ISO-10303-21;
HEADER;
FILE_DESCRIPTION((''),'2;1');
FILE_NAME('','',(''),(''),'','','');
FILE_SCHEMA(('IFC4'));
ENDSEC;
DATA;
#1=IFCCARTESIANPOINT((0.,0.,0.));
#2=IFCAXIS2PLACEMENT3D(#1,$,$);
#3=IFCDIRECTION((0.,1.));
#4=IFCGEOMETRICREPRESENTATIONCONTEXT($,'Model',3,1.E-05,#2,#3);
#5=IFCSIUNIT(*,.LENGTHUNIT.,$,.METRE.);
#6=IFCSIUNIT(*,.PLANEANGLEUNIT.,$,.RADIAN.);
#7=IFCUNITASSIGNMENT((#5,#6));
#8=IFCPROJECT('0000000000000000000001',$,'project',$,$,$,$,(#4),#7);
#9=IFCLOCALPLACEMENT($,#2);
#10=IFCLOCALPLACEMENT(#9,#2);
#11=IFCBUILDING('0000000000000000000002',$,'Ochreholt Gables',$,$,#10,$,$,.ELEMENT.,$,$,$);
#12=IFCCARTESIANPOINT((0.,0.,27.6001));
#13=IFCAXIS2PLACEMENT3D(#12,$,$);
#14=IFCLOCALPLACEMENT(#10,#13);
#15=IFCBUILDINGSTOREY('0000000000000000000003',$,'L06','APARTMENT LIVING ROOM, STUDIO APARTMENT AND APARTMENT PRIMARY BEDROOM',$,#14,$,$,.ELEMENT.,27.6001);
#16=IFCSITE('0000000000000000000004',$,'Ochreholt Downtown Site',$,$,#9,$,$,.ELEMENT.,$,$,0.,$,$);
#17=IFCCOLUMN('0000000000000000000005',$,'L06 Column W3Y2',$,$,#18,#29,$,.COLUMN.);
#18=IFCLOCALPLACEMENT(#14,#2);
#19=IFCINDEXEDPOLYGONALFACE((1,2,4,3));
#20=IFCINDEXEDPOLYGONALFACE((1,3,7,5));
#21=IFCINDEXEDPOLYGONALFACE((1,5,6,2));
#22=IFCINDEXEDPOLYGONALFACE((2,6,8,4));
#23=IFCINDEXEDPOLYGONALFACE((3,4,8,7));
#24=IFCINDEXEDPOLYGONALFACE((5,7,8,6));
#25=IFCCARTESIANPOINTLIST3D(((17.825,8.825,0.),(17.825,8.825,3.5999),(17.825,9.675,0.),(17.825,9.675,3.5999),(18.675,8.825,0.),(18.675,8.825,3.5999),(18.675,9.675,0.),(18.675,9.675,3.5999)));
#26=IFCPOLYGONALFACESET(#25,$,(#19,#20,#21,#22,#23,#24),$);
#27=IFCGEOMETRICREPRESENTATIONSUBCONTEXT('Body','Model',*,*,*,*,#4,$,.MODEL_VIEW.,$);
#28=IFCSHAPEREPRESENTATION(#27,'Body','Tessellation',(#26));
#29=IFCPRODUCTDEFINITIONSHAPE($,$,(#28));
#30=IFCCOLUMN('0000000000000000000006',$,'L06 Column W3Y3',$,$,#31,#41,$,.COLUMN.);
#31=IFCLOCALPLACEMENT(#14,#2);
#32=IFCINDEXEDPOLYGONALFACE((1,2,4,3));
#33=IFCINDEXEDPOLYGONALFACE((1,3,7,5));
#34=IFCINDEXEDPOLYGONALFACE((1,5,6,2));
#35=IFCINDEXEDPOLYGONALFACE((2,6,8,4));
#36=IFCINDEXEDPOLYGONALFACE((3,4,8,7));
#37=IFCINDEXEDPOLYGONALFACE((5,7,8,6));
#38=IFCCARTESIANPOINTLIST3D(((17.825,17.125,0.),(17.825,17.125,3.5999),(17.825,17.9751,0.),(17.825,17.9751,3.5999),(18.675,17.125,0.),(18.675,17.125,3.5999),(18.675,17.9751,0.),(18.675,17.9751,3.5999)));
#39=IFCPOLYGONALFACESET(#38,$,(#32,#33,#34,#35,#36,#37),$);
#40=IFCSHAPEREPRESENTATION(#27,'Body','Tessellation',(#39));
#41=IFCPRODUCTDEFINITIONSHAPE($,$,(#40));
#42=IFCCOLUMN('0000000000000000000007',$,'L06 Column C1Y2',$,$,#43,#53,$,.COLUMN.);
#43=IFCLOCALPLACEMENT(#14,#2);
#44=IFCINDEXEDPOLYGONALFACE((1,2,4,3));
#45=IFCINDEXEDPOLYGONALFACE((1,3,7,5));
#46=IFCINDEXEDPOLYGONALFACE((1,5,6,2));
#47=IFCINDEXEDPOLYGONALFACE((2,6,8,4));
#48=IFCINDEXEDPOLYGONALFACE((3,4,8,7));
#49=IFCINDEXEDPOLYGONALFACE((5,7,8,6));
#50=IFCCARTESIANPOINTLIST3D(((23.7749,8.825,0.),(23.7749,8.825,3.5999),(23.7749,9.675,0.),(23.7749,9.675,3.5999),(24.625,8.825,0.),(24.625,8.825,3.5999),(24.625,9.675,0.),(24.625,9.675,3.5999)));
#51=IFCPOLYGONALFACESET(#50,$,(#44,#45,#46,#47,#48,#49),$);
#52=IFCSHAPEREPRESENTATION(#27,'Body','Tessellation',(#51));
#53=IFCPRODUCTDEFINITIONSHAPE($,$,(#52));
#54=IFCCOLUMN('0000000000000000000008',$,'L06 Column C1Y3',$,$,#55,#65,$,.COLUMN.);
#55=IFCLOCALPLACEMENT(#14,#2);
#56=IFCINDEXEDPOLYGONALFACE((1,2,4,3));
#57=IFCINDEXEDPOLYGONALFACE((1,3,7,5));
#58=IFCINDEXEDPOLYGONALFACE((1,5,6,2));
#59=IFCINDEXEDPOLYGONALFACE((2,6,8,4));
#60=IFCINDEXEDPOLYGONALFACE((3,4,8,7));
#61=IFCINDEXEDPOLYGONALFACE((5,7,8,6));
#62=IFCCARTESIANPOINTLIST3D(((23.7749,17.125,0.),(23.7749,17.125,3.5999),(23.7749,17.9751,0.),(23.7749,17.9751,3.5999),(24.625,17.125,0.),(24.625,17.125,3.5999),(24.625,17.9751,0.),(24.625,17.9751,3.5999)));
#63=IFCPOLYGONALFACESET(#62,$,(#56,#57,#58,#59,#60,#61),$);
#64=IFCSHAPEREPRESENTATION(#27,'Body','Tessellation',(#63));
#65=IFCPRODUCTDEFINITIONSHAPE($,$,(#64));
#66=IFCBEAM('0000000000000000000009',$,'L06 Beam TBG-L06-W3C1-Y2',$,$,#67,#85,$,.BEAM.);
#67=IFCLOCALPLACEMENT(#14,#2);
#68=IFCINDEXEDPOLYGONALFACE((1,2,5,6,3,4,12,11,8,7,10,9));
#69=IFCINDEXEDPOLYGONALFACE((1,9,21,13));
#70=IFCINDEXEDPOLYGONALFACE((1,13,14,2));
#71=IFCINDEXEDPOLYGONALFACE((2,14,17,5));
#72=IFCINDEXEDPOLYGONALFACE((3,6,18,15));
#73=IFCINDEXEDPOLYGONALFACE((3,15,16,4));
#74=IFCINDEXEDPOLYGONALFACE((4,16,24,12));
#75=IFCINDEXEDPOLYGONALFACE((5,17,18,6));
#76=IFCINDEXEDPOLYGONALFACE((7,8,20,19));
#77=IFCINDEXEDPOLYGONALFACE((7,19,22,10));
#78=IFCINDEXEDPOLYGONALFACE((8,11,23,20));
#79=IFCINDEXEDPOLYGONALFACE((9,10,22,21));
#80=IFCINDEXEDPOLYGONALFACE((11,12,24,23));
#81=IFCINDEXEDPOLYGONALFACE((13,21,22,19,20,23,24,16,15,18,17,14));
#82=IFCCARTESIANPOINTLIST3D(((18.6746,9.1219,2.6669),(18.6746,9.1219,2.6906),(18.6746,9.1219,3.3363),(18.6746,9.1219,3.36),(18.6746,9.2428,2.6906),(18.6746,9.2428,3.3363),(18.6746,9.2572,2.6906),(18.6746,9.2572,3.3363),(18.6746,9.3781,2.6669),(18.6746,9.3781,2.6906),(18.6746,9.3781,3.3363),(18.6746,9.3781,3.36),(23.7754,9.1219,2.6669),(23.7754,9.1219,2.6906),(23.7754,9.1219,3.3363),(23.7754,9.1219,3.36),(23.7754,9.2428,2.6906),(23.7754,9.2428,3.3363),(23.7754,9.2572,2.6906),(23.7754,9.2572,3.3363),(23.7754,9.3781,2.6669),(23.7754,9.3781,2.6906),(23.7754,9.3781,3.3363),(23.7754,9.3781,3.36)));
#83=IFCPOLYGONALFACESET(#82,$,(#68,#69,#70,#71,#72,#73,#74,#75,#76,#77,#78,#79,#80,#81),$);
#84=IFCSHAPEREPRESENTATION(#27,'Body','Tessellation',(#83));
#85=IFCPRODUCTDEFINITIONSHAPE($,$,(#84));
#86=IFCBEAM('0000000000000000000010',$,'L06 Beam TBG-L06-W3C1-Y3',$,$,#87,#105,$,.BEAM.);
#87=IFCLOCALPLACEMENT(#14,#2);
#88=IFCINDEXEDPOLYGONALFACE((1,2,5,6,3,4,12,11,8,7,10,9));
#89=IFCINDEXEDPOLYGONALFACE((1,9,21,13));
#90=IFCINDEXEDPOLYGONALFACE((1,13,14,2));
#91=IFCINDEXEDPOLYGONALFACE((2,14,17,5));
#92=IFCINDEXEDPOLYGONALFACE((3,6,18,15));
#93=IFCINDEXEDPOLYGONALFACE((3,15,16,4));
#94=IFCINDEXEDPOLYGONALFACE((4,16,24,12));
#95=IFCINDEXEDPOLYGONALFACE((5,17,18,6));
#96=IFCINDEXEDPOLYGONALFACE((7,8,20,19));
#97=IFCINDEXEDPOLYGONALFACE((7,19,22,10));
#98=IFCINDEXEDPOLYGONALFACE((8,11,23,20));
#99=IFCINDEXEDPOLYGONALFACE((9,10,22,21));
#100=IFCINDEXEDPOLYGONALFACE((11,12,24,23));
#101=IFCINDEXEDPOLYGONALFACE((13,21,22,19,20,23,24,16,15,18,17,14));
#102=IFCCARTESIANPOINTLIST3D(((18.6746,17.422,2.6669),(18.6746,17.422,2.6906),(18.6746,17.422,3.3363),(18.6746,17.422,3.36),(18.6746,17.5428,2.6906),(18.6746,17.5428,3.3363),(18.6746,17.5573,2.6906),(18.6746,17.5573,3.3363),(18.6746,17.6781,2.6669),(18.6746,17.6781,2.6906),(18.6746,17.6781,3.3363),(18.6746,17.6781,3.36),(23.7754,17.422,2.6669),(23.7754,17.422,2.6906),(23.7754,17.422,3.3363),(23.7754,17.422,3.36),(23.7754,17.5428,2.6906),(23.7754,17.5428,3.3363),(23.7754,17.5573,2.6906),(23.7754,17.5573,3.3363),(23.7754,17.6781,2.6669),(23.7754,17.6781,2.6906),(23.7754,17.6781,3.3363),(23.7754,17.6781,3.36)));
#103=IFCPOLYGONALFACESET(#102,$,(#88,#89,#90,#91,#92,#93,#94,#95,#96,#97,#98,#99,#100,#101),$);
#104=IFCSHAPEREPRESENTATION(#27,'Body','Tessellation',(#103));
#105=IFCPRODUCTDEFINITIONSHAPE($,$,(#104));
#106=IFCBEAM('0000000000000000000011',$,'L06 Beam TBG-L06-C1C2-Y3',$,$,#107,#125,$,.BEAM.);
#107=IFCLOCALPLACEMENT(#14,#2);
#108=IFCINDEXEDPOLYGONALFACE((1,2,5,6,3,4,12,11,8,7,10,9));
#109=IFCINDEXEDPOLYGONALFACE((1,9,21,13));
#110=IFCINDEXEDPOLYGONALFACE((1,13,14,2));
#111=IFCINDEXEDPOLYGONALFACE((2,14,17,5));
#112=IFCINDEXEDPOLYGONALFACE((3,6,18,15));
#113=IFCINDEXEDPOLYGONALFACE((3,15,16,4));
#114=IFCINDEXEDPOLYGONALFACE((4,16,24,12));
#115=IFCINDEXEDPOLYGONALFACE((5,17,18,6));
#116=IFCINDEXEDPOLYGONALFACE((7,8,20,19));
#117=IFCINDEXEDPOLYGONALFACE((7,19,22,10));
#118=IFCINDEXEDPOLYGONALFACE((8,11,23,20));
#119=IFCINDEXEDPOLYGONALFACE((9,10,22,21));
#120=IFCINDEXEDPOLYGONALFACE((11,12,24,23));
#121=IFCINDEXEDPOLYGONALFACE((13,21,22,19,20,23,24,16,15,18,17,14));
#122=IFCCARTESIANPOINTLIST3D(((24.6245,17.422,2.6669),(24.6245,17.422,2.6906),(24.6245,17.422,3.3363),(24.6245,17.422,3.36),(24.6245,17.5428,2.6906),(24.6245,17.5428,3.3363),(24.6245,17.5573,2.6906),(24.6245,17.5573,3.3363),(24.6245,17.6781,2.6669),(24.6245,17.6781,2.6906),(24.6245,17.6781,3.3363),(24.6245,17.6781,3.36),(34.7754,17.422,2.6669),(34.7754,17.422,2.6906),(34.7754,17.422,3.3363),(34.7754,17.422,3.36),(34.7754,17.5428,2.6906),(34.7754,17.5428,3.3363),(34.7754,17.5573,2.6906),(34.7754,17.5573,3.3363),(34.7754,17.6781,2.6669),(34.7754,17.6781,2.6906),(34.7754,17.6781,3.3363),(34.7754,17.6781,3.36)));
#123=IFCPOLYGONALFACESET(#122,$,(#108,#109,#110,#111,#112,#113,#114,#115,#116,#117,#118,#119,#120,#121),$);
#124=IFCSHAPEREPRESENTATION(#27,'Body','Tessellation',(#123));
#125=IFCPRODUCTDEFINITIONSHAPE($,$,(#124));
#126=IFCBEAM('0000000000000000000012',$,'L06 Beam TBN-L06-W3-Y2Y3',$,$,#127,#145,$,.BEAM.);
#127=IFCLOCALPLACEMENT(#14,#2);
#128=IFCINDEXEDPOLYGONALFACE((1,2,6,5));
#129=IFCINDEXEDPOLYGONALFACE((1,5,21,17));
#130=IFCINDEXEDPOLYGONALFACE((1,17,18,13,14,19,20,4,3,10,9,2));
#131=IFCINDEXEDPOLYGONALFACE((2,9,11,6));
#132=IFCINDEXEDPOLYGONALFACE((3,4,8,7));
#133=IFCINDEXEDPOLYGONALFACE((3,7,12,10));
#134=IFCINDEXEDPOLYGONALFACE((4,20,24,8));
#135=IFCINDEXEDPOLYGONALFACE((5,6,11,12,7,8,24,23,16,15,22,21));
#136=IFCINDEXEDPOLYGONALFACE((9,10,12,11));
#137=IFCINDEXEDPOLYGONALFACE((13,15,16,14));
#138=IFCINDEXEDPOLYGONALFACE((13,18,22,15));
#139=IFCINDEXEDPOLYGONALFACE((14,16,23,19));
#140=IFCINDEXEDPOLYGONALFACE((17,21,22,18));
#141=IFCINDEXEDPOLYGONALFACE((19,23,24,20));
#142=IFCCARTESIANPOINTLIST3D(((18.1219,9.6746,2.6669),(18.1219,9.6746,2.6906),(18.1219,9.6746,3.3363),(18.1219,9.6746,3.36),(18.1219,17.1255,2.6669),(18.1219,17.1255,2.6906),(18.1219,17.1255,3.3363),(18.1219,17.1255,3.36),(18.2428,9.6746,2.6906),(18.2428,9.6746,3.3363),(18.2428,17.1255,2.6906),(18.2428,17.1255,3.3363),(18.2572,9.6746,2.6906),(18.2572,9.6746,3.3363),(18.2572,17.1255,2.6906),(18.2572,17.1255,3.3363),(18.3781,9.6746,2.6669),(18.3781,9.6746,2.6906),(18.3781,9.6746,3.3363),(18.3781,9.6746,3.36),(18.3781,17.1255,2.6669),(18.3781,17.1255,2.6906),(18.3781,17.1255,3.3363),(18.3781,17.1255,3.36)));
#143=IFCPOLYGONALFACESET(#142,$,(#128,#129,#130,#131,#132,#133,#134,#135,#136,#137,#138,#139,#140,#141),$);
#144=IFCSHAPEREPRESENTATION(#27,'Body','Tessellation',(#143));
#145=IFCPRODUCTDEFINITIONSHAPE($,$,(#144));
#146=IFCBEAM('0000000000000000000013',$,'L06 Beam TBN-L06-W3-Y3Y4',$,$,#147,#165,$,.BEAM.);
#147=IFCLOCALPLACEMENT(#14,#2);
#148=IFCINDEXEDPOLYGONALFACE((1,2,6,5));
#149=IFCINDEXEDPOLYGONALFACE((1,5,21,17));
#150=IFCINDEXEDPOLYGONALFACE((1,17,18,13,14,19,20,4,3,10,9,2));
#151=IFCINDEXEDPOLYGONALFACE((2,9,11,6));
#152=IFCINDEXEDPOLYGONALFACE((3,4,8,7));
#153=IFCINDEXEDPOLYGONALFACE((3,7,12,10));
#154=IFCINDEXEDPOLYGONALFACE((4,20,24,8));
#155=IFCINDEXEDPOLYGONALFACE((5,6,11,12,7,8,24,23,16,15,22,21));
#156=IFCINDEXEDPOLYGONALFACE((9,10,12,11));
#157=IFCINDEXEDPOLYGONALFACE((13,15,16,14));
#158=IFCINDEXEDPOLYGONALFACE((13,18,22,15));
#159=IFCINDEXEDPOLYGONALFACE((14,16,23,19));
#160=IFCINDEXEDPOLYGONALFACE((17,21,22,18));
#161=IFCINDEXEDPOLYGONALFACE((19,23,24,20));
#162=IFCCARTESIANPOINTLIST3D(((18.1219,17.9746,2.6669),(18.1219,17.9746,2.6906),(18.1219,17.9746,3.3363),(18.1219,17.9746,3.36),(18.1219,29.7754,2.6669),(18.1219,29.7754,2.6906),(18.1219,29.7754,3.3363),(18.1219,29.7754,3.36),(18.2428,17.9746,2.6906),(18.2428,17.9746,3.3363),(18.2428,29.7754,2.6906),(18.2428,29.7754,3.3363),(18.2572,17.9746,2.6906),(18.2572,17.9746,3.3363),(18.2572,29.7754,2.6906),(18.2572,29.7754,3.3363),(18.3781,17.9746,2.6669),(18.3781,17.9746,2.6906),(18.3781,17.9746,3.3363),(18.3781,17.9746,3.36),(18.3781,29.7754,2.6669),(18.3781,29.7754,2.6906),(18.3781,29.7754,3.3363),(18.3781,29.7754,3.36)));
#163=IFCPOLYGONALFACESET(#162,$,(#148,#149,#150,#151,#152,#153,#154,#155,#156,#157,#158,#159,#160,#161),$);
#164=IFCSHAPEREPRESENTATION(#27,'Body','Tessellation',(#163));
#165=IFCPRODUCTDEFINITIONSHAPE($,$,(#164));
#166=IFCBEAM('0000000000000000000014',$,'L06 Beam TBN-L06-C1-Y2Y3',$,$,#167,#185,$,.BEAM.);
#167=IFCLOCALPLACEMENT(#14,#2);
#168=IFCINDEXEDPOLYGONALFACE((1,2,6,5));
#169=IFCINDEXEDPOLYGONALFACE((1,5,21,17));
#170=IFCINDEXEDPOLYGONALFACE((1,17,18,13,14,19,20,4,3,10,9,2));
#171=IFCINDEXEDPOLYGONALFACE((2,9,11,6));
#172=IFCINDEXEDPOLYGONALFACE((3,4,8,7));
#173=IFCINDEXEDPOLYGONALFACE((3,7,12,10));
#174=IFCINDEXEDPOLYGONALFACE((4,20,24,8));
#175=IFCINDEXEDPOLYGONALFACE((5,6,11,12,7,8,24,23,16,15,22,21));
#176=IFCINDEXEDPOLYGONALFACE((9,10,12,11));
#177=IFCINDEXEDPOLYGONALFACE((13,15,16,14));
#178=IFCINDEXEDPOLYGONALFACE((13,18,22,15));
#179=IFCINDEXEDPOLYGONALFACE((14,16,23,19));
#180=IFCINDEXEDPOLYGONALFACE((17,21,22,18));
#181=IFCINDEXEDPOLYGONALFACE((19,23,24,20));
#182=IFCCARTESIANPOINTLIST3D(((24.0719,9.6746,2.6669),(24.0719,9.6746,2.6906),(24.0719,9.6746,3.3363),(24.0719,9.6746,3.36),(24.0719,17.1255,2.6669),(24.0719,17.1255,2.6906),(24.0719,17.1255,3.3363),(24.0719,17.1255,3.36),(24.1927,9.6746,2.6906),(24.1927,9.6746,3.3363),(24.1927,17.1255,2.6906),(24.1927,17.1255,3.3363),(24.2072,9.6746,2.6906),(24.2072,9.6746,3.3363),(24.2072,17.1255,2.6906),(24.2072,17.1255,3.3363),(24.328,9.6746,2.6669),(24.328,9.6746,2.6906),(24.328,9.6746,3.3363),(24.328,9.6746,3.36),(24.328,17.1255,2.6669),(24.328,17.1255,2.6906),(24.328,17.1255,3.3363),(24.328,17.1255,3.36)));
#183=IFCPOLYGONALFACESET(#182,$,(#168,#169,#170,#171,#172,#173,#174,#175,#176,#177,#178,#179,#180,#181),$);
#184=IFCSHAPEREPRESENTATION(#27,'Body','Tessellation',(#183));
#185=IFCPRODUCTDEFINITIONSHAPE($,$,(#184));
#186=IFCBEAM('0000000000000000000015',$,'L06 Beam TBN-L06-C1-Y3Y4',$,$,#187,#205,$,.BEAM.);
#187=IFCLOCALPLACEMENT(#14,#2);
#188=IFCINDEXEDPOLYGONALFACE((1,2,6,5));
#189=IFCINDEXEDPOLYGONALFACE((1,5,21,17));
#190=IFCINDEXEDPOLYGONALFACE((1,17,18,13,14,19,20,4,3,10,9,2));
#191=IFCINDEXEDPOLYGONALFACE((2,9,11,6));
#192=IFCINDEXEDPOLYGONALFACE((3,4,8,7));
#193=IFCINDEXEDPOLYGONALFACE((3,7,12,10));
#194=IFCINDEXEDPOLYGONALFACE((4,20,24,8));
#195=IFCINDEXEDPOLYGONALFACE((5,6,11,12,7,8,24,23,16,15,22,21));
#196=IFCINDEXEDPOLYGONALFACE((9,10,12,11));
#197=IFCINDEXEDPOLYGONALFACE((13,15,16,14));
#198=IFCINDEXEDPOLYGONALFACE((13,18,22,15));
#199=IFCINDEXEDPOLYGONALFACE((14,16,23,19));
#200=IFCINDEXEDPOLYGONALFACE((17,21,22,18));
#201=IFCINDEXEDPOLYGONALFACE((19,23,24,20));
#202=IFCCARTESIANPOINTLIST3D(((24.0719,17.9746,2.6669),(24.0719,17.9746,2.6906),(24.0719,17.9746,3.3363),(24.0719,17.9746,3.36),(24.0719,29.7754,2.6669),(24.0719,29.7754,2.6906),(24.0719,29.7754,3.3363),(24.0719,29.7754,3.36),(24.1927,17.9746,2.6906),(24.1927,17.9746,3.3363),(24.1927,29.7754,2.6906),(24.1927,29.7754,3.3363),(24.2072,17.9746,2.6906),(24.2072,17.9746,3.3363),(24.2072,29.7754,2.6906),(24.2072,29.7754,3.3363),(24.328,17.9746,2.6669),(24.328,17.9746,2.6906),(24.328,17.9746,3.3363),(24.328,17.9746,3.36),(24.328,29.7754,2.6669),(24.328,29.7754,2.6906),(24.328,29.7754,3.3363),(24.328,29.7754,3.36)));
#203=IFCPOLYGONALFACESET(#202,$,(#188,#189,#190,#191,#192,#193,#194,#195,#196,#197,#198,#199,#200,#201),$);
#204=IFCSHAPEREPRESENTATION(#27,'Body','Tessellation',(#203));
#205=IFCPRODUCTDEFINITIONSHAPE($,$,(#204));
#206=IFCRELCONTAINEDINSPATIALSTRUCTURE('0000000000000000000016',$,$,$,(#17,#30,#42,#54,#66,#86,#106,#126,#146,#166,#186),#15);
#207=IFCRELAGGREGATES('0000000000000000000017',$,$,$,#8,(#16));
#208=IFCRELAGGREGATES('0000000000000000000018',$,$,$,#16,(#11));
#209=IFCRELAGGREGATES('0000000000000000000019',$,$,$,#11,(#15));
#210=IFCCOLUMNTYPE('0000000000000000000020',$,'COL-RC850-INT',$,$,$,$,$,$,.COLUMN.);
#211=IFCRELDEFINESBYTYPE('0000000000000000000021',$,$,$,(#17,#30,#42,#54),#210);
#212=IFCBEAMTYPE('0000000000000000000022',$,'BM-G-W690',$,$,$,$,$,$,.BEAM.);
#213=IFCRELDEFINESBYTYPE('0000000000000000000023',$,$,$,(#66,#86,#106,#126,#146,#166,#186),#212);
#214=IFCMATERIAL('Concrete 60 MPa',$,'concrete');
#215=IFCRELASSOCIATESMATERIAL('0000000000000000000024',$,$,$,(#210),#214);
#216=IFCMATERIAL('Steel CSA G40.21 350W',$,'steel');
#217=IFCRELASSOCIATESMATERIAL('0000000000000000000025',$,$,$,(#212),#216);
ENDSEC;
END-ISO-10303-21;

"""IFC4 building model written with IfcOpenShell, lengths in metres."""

from ifc_helpers import new_model, si_unit, direction, frame, origin, origin_2d, place, context, subcontext, project, spatial, rectangle, i_section, extrude, material, material_profile, profile_set, type_object, element, save


model = new_model("IFC4")

# Units and contexts
model_context = context("Model", 3, precision=1e-05, world=origin(), true_north=direction((0.0, 1.0)))
body_context = subcontext(model_context, "Body", "Model", "MODEL_VIEW")
ifc_project = project(units=[si_unit("LENGTHUNIT", "METRE"), si_unit("PLANEANGLEUNIT", "RADIAN")], contexts=[model_context])

# Site, building, storey
site_placement = place(None, origin())
site = spatial("IfcSite", under=ifc_project, at=site_placement, Name="Ochreholt Downtown Site", CompositionType="ELEMENT", RefElevation=0.0)
building_placement = place(site_placement, origin())
building = spatial("IfcBuilding", under=site, at=building_placement, Name="Ochreholt Gables", CompositionType="ELEMENT")
storey_placement = place(building_placement, frame((0.0, 0.0, 27.6001)))
storey = spatial("IfcBuildingStorey", under=building, at=storey_placement, Name="L06", Description="APARTMENT LIVING ROOM, STUDIO APARTMENT AND APARTMENT PRIMARY BEDROOM", CompositionType="ELEMENT", Elevation=27.6001)

# Columns
ifc_material_1 = material(Name="Concrete 60 MPa", Category="concrete")
ifc_material_profile_1 = material_profile(ifc_material_1, rectangle(XDim=0.8501, YDim=0.8501, at=origin_2d()), Name="RC850X850")
ifc_profile_set_1 = profile_set([ifc_material_profile_1], Name="Concrete 60 MPa")
column_type = type_object("IfcColumnType", Name="COL-RC850-INT", PredefinedType="COLUMN", material=ifc_profile_set_1)
for number, where, z_axis, x_axis, name in (
    (1, (18.25, 9.25, 0.0), (0.0, 0.0, 1.0), (1.0, 0.0, 0.0), "L06 Column W3Y2"),
    (2, (18.25, 17.55, 0.0), (0.0, 0.0, 1.0), (1.0, 0.0, 0.0), "L06 Column W3Y3"),
    (3, (24.2, 9.25, 0.0), (0.0, 0.0, 1.0), (1.0, 0.0, 0.0), "L06 Column C1Y2"),
    (4, (24.2, 17.55, 0.0), (0.0, 0.0, 1.0), (1.0, 0.0, 0.0), "L06 Column C1Y3"),
):
    element("IfcColumn", number, at=place(storey_placement, frame(where, z_axis=z_axis, x_axis=x_axis)), inside=storey, type_object=column_type, Name=name, PredefinedType="COLUMN", context=body_context, shape_type="SweptSolid", body=[
        extrude(rectangle(XDim=0.8501, YDim=0.8501, at=origin_2d()), origin(), (0.0, 0.0, 1.0), 3.5999),
    ])

# Beams
ifc_material_2 = material(Name="Steel CSA G40.21 350W", Category="steel")
ifc_material_profile_2 = material_profile(ifc_material_2, i_section(OverallWidth=0.2561, OverallDepth=0.6931, WebThickness=0.0144, FlangeThickness=0.0237, at=origin_2d()), Name="W690X170")
ifc_profile_set_2 = profile_set([ifc_material_profile_2], Name="Steel CSA G40.21 350W")
beam_type_1 = type_object("IfcBeamType", Name="BM-G-W690", PredefinedType="BEAM", material=ifc_profile_set_2)
for number, where, z_axis, x_axis, name in (
    (5, (18.6746, 9.25, 3.0134), (1.0, 0.0, 0.0), (0.0, 1.0, 0.0), "L06 Beam TBG-L06-W3C1-Y2"),
    (6, (18.6746, 17.55, 3.0134), (1.0, 0.0, 0.0), (0.0, 1.0, 0.0), "L06 Beam TBG-L06-W3C1-Y3"),
):
    element("IfcBeam", number, at=place(storey_placement, frame(where, z_axis=z_axis, x_axis=x_axis)), inside=storey, type_object=beam_type_1, Name=name, PredefinedType="BEAM", context=body_context, shape_type="SweptSolid", body=[
        extrude(i_section(OverallWidth=0.2561, OverallDepth=0.6931, WebThickness=0.0144, FlangeThickness=0.0237, at=origin_2d()), origin(), (0.0, 0.0, 1.0), 5.1008),
    ])
beam_1_placement = place(storey_placement, frame((24.6245, 17.55, 3.0134), z_axis=(1.0, 0.0, 0.0), x_axis=(0.0, 1.0, 0.0)))
element("IfcBeam", 7, at=beam_1_placement, inside=storey, type_object=beam_type_1, Name="L06 Beam TBG-L06-C1C2-Y3", PredefinedType="BEAM", context=body_context, shape_type="SweptSolid", body=[
    extrude(i_section(OverallWidth=0.2561, OverallDepth=0.6931, WebThickness=0.0144, FlangeThickness=0.0237, at=origin_2d()), origin(), (0.0, 0.0, 1.0), 10.1509),
])
beam_2_placement = place(storey_placement, frame((18.25, 9.6746, 3.0134), z_axis=(0.0, 1.0, 0.0), x_axis=(-1.0, 0.0, 0.0)))
element("IfcBeam", 8, at=beam_2_placement, inside=storey, type_object=beam_type_1, Name="L06 Beam TBN-L06-W3-Y2Y3", PredefinedType="BEAM", context=body_context, shape_type="SweptSolid", body=[
    extrude(i_section(OverallWidth=0.2561, OverallDepth=0.6931, WebThickness=0.0144, FlangeThickness=0.0237, at=origin_2d()), origin(), (0.0, 0.0, 1.0), 7.4509),
])
beam_3_placement = place(storey_placement, frame((18.25, 17.9746, 3.0134), z_axis=(0.0, 1.0, 0.0), x_axis=(-1.0, 0.0, 0.0)))
element("IfcBeam", 9, at=beam_3_placement, inside=storey, type_object=beam_type_1, Name="L06 Beam TBN-L06-W3-Y3Y4", PredefinedType="BEAM", context=body_context, shape_type="SweptSolid", body=[
    extrude(i_section(OverallWidth=0.2561, OverallDepth=0.6931, WebThickness=0.0144, FlangeThickness=0.0237, at=origin_2d()), origin(), (0.0, 0.0, 1.0), 11.8008),
])
beam_4_placement = place(storey_placement, frame((24.2, 9.6746, 3.0134), z_axis=(0.0, 1.0, 0.0), x_axis=(-1.0, 0.0, 0.0)))
element("IfcBeam", 10, at=beam_4_placement, inside=storey, type_object=beam_type_1, Name="L06 Beam TBN-L06-C1-Y2Y3", PredefinedType="BEAM", context=body_context, shape_type="SweptSolid", body=[
    extrude(i_section(OverallWidth=0.2561, OverallDepth=0.6931, WebThickness=0.0144, FlangeThickness=0.0237, at=origin_2d()), origin(), (0.0, 0.0, 1.0), 7.4509),
])
beam_5_placement = place(storey_placement, frame((24.2, 17.9746, 3.0134), z_axis=(0.0, 1.0, 0.0), x_axis=(-1.0, 0.0, 0.0)))
element("IfcBeam", 11, at=beam_5_placement, inside=storey, type_object=beam_type_1, Name="L06 Beam TBN-L06-C1-Y3Y4", PredefinedType="BEAM", context=body_context, shape_type="SweptSolid", body=[
    extrude(i_section(OverallWidth=0.2561, OverallDepth=0.6931, WebThickness=0.0144, FlangeThickness=0.0237, at=origin_2d()), origin(), (0.0, 0.0, 1.0), 11.8008),
])

save(model, "model.ifc")
